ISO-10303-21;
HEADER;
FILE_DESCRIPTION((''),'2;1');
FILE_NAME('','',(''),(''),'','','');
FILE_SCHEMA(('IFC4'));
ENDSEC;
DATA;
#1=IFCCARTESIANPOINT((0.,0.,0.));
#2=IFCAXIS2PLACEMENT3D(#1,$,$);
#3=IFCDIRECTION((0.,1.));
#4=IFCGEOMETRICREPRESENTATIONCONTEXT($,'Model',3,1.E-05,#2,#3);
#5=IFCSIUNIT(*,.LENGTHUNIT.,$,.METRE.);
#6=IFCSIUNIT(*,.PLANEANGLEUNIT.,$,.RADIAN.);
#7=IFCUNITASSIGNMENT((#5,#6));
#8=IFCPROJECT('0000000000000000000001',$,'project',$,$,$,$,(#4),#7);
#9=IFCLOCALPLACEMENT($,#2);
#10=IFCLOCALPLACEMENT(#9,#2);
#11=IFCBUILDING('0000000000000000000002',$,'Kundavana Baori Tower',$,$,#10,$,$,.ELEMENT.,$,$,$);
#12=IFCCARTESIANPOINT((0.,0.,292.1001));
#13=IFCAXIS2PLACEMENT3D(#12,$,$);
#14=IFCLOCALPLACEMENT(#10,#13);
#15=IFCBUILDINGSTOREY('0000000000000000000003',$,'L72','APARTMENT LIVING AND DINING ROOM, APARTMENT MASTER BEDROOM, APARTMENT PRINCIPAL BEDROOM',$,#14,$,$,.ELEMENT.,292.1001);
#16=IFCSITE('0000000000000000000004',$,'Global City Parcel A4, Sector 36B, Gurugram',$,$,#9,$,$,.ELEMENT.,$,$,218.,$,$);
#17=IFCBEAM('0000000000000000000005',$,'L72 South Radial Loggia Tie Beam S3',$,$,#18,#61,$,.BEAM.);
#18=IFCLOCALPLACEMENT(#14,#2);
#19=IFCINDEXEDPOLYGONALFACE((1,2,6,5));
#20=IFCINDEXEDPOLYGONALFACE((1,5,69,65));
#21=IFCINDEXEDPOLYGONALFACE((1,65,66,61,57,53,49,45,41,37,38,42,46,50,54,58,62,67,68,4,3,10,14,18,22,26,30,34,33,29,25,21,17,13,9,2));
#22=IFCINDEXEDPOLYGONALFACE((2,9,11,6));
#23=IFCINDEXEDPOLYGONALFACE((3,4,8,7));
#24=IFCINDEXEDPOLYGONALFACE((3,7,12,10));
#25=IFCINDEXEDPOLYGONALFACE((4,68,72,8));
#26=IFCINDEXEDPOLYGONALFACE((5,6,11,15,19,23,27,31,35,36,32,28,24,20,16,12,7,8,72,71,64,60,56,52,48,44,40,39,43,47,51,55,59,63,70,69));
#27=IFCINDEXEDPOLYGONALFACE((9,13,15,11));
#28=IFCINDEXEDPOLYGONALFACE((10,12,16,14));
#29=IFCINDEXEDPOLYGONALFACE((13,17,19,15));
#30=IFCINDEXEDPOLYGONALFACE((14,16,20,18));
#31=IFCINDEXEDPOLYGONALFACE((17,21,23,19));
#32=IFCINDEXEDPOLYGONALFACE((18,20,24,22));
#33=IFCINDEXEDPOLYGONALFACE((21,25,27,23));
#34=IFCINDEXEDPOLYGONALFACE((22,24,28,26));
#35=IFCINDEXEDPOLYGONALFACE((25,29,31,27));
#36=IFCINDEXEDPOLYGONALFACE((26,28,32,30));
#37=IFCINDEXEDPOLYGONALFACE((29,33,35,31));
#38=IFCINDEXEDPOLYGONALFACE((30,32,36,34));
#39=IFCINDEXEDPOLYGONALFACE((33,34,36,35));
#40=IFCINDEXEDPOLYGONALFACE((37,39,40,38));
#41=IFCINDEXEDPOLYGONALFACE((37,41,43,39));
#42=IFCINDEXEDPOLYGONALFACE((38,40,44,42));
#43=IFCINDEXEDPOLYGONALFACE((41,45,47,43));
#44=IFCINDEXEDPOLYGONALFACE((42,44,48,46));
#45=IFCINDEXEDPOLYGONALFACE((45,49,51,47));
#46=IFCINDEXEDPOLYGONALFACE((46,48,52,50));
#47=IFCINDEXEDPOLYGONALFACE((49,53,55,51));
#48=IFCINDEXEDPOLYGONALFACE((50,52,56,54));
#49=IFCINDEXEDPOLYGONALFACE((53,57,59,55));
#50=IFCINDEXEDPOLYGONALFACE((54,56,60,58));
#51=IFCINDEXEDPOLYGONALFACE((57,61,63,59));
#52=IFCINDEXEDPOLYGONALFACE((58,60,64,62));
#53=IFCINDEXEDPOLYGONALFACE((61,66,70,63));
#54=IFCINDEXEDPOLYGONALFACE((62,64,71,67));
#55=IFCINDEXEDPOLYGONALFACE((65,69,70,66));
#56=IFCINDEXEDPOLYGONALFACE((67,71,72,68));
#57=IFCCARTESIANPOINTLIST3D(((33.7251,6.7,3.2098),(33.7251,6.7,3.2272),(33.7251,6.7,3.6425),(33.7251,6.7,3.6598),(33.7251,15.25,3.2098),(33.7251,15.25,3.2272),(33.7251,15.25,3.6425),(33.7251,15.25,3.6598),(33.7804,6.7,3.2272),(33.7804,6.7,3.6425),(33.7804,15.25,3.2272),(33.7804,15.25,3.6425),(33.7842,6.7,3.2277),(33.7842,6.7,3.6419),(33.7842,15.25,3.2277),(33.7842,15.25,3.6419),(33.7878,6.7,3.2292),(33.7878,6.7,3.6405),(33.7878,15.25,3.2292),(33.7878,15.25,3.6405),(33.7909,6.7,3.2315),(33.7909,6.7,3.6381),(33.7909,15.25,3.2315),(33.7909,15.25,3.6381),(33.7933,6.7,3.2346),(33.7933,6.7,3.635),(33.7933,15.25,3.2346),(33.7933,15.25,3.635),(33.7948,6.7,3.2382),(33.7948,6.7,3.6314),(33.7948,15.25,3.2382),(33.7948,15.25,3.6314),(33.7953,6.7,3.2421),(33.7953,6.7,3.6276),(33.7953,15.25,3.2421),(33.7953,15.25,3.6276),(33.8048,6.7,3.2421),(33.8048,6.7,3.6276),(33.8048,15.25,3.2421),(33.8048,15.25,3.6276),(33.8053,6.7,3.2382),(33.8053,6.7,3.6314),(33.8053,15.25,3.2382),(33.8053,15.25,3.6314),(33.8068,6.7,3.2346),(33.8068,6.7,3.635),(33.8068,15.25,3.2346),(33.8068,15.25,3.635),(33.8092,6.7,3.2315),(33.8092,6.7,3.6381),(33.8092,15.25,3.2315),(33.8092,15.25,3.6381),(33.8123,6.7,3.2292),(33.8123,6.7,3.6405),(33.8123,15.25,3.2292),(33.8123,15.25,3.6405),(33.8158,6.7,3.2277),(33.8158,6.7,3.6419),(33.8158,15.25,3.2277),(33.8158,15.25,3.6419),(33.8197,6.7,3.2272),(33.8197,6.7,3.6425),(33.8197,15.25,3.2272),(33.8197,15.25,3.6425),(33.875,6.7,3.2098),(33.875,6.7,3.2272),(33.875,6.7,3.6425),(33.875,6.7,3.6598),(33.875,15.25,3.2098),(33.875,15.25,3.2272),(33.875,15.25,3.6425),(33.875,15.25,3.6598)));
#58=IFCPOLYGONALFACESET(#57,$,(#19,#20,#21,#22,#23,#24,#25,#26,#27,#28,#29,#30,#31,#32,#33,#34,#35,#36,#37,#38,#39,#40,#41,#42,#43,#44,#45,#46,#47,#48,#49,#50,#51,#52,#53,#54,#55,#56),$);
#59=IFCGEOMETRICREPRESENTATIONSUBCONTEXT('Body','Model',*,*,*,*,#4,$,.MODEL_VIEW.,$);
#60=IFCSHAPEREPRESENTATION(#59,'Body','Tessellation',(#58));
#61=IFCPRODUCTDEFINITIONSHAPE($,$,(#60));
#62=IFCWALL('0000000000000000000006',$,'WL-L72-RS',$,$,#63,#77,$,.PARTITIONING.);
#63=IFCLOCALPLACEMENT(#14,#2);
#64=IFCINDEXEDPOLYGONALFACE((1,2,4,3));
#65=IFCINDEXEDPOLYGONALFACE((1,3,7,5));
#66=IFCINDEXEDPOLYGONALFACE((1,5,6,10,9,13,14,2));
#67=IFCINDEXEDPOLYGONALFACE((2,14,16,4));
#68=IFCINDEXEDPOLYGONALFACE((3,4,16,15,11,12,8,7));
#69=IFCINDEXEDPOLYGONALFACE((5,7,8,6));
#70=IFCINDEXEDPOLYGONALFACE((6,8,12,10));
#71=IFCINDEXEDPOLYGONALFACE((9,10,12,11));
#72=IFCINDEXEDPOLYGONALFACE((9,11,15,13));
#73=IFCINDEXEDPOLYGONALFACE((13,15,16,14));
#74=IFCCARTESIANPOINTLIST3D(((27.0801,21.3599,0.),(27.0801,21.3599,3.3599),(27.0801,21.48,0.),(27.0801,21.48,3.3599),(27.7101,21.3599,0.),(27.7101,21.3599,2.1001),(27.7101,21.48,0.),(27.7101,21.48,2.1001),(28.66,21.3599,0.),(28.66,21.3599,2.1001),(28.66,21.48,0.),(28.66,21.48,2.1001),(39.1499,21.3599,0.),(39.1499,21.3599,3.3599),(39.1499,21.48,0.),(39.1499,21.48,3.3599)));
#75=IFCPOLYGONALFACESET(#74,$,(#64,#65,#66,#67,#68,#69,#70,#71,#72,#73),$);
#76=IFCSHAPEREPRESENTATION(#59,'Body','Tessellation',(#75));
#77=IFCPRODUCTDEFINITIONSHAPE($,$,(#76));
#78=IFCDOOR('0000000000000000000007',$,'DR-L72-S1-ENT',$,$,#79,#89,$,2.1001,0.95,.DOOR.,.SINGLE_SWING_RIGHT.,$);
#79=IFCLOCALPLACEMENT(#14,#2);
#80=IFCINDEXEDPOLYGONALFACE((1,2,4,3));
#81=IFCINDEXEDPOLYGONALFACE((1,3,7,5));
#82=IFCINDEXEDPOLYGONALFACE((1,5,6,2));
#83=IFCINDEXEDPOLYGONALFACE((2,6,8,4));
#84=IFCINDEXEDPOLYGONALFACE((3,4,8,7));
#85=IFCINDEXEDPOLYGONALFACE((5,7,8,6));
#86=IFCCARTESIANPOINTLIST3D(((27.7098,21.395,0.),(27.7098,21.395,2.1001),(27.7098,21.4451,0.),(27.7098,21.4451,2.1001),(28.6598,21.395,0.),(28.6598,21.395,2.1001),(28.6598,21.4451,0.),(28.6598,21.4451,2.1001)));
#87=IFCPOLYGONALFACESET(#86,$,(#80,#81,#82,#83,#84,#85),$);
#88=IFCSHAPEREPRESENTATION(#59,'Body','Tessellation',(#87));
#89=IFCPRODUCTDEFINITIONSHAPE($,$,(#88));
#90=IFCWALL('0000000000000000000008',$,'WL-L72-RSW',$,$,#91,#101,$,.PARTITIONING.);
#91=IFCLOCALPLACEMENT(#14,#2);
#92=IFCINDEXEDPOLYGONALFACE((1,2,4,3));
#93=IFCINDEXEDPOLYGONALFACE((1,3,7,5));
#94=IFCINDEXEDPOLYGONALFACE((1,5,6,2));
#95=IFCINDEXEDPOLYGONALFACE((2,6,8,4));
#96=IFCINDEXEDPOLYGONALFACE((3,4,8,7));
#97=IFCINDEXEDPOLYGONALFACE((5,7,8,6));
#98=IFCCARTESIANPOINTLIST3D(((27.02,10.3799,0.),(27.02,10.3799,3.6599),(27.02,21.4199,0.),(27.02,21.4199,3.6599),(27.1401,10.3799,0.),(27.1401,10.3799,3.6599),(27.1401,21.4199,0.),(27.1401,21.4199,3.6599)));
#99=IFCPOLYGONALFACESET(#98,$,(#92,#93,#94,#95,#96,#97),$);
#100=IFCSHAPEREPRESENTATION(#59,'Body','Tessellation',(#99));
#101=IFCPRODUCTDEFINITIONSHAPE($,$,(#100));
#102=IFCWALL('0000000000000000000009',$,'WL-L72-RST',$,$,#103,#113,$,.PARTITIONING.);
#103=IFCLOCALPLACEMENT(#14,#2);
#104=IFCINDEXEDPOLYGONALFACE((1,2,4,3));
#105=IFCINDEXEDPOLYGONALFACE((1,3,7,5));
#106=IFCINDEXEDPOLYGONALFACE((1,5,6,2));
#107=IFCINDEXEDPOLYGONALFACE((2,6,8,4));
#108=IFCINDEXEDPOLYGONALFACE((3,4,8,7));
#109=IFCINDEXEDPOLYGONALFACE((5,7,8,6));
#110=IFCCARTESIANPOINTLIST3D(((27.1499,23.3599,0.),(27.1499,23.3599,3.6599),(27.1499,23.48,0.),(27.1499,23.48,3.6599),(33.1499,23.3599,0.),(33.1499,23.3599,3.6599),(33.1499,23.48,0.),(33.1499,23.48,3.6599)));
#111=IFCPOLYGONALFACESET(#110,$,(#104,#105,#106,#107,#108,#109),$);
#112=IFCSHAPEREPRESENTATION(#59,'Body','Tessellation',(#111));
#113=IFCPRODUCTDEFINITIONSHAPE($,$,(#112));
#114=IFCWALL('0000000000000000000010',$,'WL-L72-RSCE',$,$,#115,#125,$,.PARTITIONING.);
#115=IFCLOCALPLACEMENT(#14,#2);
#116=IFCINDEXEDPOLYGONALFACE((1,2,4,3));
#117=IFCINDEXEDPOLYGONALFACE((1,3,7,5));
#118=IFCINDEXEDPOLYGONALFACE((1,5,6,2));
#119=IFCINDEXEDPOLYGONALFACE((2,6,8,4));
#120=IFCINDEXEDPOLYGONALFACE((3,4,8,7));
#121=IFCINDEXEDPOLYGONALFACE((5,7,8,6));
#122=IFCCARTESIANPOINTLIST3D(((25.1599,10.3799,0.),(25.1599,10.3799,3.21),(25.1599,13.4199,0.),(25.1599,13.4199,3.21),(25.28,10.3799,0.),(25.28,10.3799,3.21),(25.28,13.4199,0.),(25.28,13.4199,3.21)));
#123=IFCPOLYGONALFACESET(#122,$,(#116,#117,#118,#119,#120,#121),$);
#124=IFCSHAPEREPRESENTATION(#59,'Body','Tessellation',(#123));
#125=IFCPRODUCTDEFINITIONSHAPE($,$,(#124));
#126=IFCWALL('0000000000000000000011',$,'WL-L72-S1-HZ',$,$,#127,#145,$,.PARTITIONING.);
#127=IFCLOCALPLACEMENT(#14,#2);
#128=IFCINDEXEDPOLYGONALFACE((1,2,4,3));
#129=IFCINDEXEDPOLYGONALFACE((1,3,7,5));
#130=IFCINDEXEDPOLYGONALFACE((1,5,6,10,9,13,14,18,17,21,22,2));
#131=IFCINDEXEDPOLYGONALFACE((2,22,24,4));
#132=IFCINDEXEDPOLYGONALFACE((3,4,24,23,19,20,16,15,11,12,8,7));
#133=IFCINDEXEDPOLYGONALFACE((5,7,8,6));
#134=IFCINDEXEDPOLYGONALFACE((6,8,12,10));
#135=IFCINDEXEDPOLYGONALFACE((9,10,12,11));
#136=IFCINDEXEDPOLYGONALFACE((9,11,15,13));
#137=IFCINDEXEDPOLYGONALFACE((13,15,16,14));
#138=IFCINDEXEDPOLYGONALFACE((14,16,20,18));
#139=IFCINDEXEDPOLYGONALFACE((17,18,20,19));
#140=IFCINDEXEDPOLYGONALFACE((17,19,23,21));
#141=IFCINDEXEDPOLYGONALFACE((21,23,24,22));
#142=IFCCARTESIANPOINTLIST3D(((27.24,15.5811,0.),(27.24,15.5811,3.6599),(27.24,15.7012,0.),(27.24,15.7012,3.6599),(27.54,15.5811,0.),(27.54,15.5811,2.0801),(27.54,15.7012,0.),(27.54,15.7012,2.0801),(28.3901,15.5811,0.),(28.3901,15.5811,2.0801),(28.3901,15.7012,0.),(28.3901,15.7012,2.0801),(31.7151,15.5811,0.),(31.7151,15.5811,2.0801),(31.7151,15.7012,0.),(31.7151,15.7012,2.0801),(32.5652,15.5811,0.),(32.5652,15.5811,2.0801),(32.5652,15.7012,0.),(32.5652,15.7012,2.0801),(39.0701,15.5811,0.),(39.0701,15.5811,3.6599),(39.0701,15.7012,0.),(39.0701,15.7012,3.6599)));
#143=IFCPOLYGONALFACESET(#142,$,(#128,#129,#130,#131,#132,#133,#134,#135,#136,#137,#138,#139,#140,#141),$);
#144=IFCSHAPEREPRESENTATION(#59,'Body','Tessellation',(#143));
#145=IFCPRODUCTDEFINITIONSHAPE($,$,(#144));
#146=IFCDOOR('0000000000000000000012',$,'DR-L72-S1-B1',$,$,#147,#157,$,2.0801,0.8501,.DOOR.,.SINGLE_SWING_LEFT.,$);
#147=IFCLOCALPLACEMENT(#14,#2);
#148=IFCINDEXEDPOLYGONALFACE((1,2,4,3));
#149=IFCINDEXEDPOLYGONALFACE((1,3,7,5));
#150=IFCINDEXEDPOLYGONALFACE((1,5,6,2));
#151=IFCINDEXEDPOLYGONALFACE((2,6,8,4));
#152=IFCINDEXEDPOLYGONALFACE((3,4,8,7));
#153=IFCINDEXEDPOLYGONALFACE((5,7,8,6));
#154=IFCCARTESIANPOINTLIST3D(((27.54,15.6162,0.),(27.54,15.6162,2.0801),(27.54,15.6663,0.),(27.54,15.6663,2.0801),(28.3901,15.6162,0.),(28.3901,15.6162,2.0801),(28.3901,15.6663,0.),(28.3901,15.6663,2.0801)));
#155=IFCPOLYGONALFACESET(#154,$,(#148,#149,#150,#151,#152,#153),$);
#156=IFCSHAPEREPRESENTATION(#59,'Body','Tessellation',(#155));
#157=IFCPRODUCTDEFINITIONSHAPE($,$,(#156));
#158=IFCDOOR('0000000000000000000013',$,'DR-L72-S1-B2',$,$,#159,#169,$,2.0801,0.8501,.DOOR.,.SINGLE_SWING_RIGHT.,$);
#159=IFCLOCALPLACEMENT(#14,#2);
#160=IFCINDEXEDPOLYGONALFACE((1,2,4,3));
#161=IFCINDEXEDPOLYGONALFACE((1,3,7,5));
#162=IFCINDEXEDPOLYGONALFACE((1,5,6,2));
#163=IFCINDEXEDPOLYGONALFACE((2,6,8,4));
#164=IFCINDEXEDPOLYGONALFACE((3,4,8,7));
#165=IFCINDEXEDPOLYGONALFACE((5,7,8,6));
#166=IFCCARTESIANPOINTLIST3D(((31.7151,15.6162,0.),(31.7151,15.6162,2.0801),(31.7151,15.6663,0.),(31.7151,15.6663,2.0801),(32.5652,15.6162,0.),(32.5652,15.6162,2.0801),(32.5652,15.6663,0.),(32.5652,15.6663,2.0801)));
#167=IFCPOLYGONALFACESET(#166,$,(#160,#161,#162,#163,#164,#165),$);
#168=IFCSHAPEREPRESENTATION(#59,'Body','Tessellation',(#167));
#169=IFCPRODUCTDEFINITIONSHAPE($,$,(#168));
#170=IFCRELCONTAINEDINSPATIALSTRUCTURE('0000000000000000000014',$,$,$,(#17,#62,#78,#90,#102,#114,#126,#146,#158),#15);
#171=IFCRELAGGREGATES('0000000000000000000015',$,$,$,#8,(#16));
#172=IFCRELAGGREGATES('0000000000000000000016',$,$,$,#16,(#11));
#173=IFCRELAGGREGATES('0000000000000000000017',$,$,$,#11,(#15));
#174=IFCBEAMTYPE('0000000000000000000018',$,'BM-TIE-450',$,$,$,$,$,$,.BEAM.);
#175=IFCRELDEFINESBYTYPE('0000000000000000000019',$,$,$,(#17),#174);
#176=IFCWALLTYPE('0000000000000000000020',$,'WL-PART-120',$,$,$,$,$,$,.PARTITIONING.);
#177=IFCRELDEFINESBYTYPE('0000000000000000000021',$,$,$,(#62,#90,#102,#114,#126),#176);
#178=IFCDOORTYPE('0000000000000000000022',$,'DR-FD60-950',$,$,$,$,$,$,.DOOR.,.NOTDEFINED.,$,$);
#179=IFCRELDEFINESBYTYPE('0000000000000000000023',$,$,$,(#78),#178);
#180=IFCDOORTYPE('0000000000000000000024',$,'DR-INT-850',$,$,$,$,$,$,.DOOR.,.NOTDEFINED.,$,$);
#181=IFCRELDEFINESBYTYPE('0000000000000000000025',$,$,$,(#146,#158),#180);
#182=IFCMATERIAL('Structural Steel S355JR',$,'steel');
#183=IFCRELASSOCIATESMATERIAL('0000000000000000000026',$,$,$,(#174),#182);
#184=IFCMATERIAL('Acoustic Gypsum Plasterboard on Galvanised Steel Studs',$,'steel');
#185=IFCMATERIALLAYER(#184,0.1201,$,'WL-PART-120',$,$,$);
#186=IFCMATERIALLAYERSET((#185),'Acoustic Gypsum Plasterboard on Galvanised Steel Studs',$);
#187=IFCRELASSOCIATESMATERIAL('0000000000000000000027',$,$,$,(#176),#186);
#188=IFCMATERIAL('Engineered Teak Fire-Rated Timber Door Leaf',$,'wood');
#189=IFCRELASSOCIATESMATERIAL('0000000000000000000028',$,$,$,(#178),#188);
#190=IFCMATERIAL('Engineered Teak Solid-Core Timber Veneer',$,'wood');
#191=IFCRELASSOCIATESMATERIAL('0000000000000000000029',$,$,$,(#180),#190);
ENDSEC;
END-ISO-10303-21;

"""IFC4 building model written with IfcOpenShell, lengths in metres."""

from ifc_helpers import new_model, si_unit, direction, frame, frame_2d, origin, origin_2d, place, context, subcontext, project, spatial, rectangle, i_section, extrude, material, layer, layer_set, material_profile, profile_set, type_object, element, fill, save


model = new_model("IFC4")

# Units and contexts
model_context = context("Model", 3, precision=1e-05, world=origin(), true_north=direction((0.0, 1.0)))
body_context = subcontext(model_context, "Body", "Model", "MODEL_VIEW")
ifc_project = project(units=[si_unit("LENGTHUNIT", "METRE"), si_unit("PLANEANGLEUNIT", "RADIAN")], contexts=[model_context])

# Site, building, storey
site_placement = place(None, origin())
site = spatial("IfcSite", under=ifc_project, at=site_placement, Name="Global City Parcel A4, Sector 36B, Gurugram", CompositionType="ELEMENT", RefElevation=218.0)
building_placement = place(site_placement, origin())
building = spatial("IfcBuilding", under=site, at=building_placement, Name="Kundavana Baori Tower", CompositionType="ELEMENT")
storey_placement = place(building_placement, frame((0.0, 0.0, 292.1001)))
storey = spatial("IfcBuildingStorey", under=building, at=storey_placement, Name="L72", Description="APARTMENT LIVING AND DINING ROOM, APARTMENT MASTER BEDROOM, APARTMENT PRINCIPAL BEDROOM", CompositionType="ELEMENT", Elevation=292.1001)

# Beam
ifc_material_1 = material(Name="Structural Steel S355JR", Category="steel")
ifc_material_profile_1 = material_profile(ifc_material_1, i_section(OverallWidth=0.1499, OverallDepth=0.45, WebThickness=0.0095, FlangeThickness=0.0173, FilletRadius=0.0149, at=origin_2d()), Name="ISMB 450")
ifc_profile_set_1 = profile_set([ifc_material_profile_1], Name="Structural Steel S355JR")
beam_type_1 = type_object("IfcBeamType", Name="BM-TIE-450", PredefinedType="BEAM", material=ifc_profile_set_1)
beam_1_placement = place(storey_placement, frame((33.8, 15.25, 3.4348), z_axis=(0.0, -1.0, 0.0), x_axis=(1.0, 0.0, 0.0)))
element("IfcBeam", 1, at=beam_1_placement, inside=storey, type_object=beam_type_1, Name="L72 South Radial Loggia Tie Beam S3", PredefinedType="BEAM", context=body_context, shape_type="SweptSolid", body=[
    extrude(i_section(OverallWidth=0.1499, OverallDepth=0.45, WebThickness=0.0095, FlangeThickness=0.0173, FilletRadius=0.0149, at=origin_2d()), origin(), (0.0, 0.0, 1.0), 8.55),
])

# Wall, opening, door
ifc_material_2 = material(Name="Acoustic Gypsum Plasterboard on Galvanised Steel Studs", Category="steel")
ifc_layer = layer(ifc_material_2, 0.1201, Name="WL-PART-120")
ifc_layer_set = layer_set([ifc_layer], Name="Acoustic Gypsum Plasterboard on Galvanised Steel Studs")
wall_type = type_object("IfcWallType", Name="WL-PART-120", PredefinedType="PARTITIONING", material=ifc_layer_set)
wall_1_placement = place(storey_placement, frame((27.0801, 21.4199, 0.0), z_axis=(0.0, 0.0, 1.0), x_axis=(1.0, 0.0, 0.0)))
wall_1 = element("IfcWall", 2, at=wall_1_placement, inside=storey, type_object=wall_type, Name="WL-L72-RS", PredefinedType="PARTITIONING", context=body_context, shape_type="SweptSolid", body=[
    extrude(rectangle(XDim=12.0698, YDim=0.1201, at=frame_2d((6.0349, 0.0))), origin(), (0.0, 0.0, 1.0), 3.3599),
])
opening_1_placement = place(wall_1_placement, frame((0.6299, 0.0, 0.0)))
opening_1 = element("IfcOpeningElement", 3, at=opening_1_placement, cuts=wall_1, PredefinedType="OPENING", context=body_context, shape_type="SweptSolid", body=[
    extrude(rectangle(XDim=0.95, YDim=2.1001, at=frame_2d((0.4751, 1.05))), frame((0.0, 0.0701, 0.0), z_axis=(0.0, -1.0, 0.0), x_axis=(1.0, 0.0, 0.0)), (0.0, 0.0, 1.0), 0.1401),
])
ifc_material_3 = material(Name="Engineered Teak Fire-Rated Timber Door Leaf", Category="wood")
door_type_1 = type_object("IfcDoorType", Name="DR-FD60-950", OperationType="NOTDEFINED", PredefinedType="DOOR", material=ifc_material_3)
door_1_placement = place(opening_1_placement, frame((0.95, 0.0, 0.0), z_axis=(0.0, 0.0, 1.0), x_axis=(-1.0, 0.0, 0.0)))
door_1 = element("IfcDoor", 4, at=door_1_placement, inside=storey, type_object=door_type_1, Name="DR-L72-S1-ENT", OperationType="SINGLE_SWING_RIGHT", OverallHeight=2.1001, OverallWidth=0.95, PredefinedType="DOOR", context=body_context, shape_type="SweptSolid", body=[
    extrude(rectangle(XDim=0.95, YDim=2.1001, at=frame_2d((0.4751, 1.05))), frame((0.0, 0.0249, 0.0), z_axis=(0.0, -1.0, 0.0), x_axis=(1.0, 0.0, 0.0)), (0.0, 0.0, 1.0), 0.05),
])
fill(opening_1, door_1)

# Walls
wall_2_placement = place(storey_placement, frame((27.0801, 10.3799, 0.0), z_axis=(0.0, 0.0, 1.0), x_axis=(0.0, 1.0, 0.0)))
element("IfcWall", 5, at=wall_2_placement, inside=storey, type_object=wall_type, Name="WL-L72-RSW", PredefinedType="PARTITIONING", context=body_context, shape_type="SweptSolid", body=[
    extrude(rectangle(XDim=11.04, YDim=0.1201, at=frame_2d((5.52, 0.0))), origin(), (0.0, 0.0, 1.0), 3.6599),
])
wall_3_placement = place(storey_placement, frame((27.1499, 23.4199, 0.0), z_axis=(0.0, 0.0, 1.0), x_axis=(1.0, 0.0, 0.0)))
element("IfcWall", 6, at=wall_3_placement, inside=storey, type_object=wall_type, Name="WL-L72-RST", PredefinedType="PARTITIONING", context=body_context, shape_type="SweptSolid", body=[
    extrude(rectangle(XDim=6.0, YDim=0.1201, at=frame_2d((3.0, 0.0))), origin(), (0.0, 0.0, 1.0), 3.6599),
])
wall_4_placement = place(storey_placement, frame((25.22, 10.3799, 0.0), z_axis=(0.0, 0.0, 1.0), x_axis=(0.0, 1.0, 0.0)))
element("IfcWall", 7, at=wall_4_placement, inside=storey, type_object=wall_type, Name="WL-L72-RSCE", PredefinedType="PARTITIONING", context=body_context, shape_type="SweptSolid", body=[
    extrude(rectangle(XDim=3.04, YDim=0.1201, at=frame_2d((1.52, 0.0))), origin(), (0.0, 0.0, 1.0), 3.21),
])

# Wall, openings, doors
wall_5_placement = place(storey_placement, frame((27.24, 15.6411, 0.0), z_axis=(0.0, 0.0, 1.0), x_axis=(1.0, 0.0, 0.0)))
wall_5 = element("IfcWall", 8, at=wall_5_placement, inside=storey, type_object=wall_type, Name="WL-L72-S1-HZ", PredefinedType="PARTITIONING", context=body_context, shape_type="SweptSolid", body=[
    extrude(rectangle(XDim=11.8301, YDim=0.1201, at=frame_2d((5.915, 0.0))), origin(), (0.0, 0.0, 1.0), 3.6599),
])
opening_2_placement = place(wall_5_placement, frame((0.3, 0.0, 0.0)))
opening_2 = element("IfcOpeningElement", 9, at=opening_2_placement, cuts=wall_5, PredefinedType="OPENING", context=body_context, shape_type="SweptSolid", body=[
    extrude(rectangle(XDim=0.8501, YDim=2.0801, at=frame_2d((0.425, 1.04))), frame((0.0, 0.0701, 0.0), z_axis=(0.0, -1.0, 0.0), x_axis=(1.0, 0.0, 0.0)), (0.0, 0.0, 1.0), 0.1401),
])
opening_3_placement = place(wall_5_placement, frame((4.4751, 0.0, 0.0)))
opening_3 = element("IfcOpeningElement", 10, at=opening_3_placement, cuts=wall_5, PredefinedType="OPENING", context=body_context, shape_type="SweptSolid", body=[
    extrude(rectangle(XDim=0.8501, YDim=2.0801, at=frame_2d((0.425, 1.04))), frame((0.0, 0.0701, 0.0), z_axis=(0.0, -1.0, 0.0), x_axis=(1.0, 0.0, 0.0)), (0.0, 0.0, 1.0), 0.1401),
])
ifc_material_4 = material(Name="Engineered Teak Solid-Core Timber Veneer", Category="wood")
door_type_2 = type_object("IfcDoorType", Name="DR-INT-850", OperationType="NOTDEFINED", PredefinedType="DOOR", material=ifc_material_4)
door_2_placement = place(opening_2_placement, frame((0.8501, 0.0, 0.0), z_axis=(0.0, 0.0, 1.0), x_axis=(-1.0, 0.0, 0.0)))
door_2 = element("IfcDoor", 11, at=door_2_placement, inside=storey, type_object=door_type_2, Name="DR-L72-S1-B1", OperationType="SINGLE_SWING_LEFT", OverallHeight=2.0801, OverallWidth=0.8501, PredefinedType="DOOR", context=body_context, shape_type="SweptSolid", body=[
    extrude(rectangle(XDim=0.8501, YDim=2.0801, at=frame_2d((0.425, 1.04))), frame((0.0, 0.0249, 0.0), z_axis=(0.0, -1.0, 0.0), x_axis=(1.0, 0.0, 0.0)), (0.0, 0.0, 1.0), 0.05),
])
fill(opening_2, door_2)
door_3_placement = place(opening_3_placement, frame((0.8501, 0.0, 0.0), z_axis=(0.0, 0.0, 1.0), x_axis=(-1.0, 0.0, 0.0)))
door_3 = element("IfcDoor", 12, at=door_3_placement, inside=storey, type_object=door_type_2, Name="DR-L72-S1-B2", OperationType="SINGLE_SWING_RIGHT", OverallHeight=2.0801, OverallWidth=0.8501, PredefinedType="DOOR", context=body_context, shape_type="SweptSolid", body=[
    extrude(rectangle(XDim=0.8501, YDim=2.0801, at=frame_2d((0.425, 1.04))), frame((0.0, 0.0249, 0.0), z_axis=(0.0, -1.0, 0.0), x_axis=(1.0, 0.0, 0.0)), (0.0, 0.0, 1.0), 0.05),
])
fill(opening_3, door_3)

save(model, "model.ifc")
